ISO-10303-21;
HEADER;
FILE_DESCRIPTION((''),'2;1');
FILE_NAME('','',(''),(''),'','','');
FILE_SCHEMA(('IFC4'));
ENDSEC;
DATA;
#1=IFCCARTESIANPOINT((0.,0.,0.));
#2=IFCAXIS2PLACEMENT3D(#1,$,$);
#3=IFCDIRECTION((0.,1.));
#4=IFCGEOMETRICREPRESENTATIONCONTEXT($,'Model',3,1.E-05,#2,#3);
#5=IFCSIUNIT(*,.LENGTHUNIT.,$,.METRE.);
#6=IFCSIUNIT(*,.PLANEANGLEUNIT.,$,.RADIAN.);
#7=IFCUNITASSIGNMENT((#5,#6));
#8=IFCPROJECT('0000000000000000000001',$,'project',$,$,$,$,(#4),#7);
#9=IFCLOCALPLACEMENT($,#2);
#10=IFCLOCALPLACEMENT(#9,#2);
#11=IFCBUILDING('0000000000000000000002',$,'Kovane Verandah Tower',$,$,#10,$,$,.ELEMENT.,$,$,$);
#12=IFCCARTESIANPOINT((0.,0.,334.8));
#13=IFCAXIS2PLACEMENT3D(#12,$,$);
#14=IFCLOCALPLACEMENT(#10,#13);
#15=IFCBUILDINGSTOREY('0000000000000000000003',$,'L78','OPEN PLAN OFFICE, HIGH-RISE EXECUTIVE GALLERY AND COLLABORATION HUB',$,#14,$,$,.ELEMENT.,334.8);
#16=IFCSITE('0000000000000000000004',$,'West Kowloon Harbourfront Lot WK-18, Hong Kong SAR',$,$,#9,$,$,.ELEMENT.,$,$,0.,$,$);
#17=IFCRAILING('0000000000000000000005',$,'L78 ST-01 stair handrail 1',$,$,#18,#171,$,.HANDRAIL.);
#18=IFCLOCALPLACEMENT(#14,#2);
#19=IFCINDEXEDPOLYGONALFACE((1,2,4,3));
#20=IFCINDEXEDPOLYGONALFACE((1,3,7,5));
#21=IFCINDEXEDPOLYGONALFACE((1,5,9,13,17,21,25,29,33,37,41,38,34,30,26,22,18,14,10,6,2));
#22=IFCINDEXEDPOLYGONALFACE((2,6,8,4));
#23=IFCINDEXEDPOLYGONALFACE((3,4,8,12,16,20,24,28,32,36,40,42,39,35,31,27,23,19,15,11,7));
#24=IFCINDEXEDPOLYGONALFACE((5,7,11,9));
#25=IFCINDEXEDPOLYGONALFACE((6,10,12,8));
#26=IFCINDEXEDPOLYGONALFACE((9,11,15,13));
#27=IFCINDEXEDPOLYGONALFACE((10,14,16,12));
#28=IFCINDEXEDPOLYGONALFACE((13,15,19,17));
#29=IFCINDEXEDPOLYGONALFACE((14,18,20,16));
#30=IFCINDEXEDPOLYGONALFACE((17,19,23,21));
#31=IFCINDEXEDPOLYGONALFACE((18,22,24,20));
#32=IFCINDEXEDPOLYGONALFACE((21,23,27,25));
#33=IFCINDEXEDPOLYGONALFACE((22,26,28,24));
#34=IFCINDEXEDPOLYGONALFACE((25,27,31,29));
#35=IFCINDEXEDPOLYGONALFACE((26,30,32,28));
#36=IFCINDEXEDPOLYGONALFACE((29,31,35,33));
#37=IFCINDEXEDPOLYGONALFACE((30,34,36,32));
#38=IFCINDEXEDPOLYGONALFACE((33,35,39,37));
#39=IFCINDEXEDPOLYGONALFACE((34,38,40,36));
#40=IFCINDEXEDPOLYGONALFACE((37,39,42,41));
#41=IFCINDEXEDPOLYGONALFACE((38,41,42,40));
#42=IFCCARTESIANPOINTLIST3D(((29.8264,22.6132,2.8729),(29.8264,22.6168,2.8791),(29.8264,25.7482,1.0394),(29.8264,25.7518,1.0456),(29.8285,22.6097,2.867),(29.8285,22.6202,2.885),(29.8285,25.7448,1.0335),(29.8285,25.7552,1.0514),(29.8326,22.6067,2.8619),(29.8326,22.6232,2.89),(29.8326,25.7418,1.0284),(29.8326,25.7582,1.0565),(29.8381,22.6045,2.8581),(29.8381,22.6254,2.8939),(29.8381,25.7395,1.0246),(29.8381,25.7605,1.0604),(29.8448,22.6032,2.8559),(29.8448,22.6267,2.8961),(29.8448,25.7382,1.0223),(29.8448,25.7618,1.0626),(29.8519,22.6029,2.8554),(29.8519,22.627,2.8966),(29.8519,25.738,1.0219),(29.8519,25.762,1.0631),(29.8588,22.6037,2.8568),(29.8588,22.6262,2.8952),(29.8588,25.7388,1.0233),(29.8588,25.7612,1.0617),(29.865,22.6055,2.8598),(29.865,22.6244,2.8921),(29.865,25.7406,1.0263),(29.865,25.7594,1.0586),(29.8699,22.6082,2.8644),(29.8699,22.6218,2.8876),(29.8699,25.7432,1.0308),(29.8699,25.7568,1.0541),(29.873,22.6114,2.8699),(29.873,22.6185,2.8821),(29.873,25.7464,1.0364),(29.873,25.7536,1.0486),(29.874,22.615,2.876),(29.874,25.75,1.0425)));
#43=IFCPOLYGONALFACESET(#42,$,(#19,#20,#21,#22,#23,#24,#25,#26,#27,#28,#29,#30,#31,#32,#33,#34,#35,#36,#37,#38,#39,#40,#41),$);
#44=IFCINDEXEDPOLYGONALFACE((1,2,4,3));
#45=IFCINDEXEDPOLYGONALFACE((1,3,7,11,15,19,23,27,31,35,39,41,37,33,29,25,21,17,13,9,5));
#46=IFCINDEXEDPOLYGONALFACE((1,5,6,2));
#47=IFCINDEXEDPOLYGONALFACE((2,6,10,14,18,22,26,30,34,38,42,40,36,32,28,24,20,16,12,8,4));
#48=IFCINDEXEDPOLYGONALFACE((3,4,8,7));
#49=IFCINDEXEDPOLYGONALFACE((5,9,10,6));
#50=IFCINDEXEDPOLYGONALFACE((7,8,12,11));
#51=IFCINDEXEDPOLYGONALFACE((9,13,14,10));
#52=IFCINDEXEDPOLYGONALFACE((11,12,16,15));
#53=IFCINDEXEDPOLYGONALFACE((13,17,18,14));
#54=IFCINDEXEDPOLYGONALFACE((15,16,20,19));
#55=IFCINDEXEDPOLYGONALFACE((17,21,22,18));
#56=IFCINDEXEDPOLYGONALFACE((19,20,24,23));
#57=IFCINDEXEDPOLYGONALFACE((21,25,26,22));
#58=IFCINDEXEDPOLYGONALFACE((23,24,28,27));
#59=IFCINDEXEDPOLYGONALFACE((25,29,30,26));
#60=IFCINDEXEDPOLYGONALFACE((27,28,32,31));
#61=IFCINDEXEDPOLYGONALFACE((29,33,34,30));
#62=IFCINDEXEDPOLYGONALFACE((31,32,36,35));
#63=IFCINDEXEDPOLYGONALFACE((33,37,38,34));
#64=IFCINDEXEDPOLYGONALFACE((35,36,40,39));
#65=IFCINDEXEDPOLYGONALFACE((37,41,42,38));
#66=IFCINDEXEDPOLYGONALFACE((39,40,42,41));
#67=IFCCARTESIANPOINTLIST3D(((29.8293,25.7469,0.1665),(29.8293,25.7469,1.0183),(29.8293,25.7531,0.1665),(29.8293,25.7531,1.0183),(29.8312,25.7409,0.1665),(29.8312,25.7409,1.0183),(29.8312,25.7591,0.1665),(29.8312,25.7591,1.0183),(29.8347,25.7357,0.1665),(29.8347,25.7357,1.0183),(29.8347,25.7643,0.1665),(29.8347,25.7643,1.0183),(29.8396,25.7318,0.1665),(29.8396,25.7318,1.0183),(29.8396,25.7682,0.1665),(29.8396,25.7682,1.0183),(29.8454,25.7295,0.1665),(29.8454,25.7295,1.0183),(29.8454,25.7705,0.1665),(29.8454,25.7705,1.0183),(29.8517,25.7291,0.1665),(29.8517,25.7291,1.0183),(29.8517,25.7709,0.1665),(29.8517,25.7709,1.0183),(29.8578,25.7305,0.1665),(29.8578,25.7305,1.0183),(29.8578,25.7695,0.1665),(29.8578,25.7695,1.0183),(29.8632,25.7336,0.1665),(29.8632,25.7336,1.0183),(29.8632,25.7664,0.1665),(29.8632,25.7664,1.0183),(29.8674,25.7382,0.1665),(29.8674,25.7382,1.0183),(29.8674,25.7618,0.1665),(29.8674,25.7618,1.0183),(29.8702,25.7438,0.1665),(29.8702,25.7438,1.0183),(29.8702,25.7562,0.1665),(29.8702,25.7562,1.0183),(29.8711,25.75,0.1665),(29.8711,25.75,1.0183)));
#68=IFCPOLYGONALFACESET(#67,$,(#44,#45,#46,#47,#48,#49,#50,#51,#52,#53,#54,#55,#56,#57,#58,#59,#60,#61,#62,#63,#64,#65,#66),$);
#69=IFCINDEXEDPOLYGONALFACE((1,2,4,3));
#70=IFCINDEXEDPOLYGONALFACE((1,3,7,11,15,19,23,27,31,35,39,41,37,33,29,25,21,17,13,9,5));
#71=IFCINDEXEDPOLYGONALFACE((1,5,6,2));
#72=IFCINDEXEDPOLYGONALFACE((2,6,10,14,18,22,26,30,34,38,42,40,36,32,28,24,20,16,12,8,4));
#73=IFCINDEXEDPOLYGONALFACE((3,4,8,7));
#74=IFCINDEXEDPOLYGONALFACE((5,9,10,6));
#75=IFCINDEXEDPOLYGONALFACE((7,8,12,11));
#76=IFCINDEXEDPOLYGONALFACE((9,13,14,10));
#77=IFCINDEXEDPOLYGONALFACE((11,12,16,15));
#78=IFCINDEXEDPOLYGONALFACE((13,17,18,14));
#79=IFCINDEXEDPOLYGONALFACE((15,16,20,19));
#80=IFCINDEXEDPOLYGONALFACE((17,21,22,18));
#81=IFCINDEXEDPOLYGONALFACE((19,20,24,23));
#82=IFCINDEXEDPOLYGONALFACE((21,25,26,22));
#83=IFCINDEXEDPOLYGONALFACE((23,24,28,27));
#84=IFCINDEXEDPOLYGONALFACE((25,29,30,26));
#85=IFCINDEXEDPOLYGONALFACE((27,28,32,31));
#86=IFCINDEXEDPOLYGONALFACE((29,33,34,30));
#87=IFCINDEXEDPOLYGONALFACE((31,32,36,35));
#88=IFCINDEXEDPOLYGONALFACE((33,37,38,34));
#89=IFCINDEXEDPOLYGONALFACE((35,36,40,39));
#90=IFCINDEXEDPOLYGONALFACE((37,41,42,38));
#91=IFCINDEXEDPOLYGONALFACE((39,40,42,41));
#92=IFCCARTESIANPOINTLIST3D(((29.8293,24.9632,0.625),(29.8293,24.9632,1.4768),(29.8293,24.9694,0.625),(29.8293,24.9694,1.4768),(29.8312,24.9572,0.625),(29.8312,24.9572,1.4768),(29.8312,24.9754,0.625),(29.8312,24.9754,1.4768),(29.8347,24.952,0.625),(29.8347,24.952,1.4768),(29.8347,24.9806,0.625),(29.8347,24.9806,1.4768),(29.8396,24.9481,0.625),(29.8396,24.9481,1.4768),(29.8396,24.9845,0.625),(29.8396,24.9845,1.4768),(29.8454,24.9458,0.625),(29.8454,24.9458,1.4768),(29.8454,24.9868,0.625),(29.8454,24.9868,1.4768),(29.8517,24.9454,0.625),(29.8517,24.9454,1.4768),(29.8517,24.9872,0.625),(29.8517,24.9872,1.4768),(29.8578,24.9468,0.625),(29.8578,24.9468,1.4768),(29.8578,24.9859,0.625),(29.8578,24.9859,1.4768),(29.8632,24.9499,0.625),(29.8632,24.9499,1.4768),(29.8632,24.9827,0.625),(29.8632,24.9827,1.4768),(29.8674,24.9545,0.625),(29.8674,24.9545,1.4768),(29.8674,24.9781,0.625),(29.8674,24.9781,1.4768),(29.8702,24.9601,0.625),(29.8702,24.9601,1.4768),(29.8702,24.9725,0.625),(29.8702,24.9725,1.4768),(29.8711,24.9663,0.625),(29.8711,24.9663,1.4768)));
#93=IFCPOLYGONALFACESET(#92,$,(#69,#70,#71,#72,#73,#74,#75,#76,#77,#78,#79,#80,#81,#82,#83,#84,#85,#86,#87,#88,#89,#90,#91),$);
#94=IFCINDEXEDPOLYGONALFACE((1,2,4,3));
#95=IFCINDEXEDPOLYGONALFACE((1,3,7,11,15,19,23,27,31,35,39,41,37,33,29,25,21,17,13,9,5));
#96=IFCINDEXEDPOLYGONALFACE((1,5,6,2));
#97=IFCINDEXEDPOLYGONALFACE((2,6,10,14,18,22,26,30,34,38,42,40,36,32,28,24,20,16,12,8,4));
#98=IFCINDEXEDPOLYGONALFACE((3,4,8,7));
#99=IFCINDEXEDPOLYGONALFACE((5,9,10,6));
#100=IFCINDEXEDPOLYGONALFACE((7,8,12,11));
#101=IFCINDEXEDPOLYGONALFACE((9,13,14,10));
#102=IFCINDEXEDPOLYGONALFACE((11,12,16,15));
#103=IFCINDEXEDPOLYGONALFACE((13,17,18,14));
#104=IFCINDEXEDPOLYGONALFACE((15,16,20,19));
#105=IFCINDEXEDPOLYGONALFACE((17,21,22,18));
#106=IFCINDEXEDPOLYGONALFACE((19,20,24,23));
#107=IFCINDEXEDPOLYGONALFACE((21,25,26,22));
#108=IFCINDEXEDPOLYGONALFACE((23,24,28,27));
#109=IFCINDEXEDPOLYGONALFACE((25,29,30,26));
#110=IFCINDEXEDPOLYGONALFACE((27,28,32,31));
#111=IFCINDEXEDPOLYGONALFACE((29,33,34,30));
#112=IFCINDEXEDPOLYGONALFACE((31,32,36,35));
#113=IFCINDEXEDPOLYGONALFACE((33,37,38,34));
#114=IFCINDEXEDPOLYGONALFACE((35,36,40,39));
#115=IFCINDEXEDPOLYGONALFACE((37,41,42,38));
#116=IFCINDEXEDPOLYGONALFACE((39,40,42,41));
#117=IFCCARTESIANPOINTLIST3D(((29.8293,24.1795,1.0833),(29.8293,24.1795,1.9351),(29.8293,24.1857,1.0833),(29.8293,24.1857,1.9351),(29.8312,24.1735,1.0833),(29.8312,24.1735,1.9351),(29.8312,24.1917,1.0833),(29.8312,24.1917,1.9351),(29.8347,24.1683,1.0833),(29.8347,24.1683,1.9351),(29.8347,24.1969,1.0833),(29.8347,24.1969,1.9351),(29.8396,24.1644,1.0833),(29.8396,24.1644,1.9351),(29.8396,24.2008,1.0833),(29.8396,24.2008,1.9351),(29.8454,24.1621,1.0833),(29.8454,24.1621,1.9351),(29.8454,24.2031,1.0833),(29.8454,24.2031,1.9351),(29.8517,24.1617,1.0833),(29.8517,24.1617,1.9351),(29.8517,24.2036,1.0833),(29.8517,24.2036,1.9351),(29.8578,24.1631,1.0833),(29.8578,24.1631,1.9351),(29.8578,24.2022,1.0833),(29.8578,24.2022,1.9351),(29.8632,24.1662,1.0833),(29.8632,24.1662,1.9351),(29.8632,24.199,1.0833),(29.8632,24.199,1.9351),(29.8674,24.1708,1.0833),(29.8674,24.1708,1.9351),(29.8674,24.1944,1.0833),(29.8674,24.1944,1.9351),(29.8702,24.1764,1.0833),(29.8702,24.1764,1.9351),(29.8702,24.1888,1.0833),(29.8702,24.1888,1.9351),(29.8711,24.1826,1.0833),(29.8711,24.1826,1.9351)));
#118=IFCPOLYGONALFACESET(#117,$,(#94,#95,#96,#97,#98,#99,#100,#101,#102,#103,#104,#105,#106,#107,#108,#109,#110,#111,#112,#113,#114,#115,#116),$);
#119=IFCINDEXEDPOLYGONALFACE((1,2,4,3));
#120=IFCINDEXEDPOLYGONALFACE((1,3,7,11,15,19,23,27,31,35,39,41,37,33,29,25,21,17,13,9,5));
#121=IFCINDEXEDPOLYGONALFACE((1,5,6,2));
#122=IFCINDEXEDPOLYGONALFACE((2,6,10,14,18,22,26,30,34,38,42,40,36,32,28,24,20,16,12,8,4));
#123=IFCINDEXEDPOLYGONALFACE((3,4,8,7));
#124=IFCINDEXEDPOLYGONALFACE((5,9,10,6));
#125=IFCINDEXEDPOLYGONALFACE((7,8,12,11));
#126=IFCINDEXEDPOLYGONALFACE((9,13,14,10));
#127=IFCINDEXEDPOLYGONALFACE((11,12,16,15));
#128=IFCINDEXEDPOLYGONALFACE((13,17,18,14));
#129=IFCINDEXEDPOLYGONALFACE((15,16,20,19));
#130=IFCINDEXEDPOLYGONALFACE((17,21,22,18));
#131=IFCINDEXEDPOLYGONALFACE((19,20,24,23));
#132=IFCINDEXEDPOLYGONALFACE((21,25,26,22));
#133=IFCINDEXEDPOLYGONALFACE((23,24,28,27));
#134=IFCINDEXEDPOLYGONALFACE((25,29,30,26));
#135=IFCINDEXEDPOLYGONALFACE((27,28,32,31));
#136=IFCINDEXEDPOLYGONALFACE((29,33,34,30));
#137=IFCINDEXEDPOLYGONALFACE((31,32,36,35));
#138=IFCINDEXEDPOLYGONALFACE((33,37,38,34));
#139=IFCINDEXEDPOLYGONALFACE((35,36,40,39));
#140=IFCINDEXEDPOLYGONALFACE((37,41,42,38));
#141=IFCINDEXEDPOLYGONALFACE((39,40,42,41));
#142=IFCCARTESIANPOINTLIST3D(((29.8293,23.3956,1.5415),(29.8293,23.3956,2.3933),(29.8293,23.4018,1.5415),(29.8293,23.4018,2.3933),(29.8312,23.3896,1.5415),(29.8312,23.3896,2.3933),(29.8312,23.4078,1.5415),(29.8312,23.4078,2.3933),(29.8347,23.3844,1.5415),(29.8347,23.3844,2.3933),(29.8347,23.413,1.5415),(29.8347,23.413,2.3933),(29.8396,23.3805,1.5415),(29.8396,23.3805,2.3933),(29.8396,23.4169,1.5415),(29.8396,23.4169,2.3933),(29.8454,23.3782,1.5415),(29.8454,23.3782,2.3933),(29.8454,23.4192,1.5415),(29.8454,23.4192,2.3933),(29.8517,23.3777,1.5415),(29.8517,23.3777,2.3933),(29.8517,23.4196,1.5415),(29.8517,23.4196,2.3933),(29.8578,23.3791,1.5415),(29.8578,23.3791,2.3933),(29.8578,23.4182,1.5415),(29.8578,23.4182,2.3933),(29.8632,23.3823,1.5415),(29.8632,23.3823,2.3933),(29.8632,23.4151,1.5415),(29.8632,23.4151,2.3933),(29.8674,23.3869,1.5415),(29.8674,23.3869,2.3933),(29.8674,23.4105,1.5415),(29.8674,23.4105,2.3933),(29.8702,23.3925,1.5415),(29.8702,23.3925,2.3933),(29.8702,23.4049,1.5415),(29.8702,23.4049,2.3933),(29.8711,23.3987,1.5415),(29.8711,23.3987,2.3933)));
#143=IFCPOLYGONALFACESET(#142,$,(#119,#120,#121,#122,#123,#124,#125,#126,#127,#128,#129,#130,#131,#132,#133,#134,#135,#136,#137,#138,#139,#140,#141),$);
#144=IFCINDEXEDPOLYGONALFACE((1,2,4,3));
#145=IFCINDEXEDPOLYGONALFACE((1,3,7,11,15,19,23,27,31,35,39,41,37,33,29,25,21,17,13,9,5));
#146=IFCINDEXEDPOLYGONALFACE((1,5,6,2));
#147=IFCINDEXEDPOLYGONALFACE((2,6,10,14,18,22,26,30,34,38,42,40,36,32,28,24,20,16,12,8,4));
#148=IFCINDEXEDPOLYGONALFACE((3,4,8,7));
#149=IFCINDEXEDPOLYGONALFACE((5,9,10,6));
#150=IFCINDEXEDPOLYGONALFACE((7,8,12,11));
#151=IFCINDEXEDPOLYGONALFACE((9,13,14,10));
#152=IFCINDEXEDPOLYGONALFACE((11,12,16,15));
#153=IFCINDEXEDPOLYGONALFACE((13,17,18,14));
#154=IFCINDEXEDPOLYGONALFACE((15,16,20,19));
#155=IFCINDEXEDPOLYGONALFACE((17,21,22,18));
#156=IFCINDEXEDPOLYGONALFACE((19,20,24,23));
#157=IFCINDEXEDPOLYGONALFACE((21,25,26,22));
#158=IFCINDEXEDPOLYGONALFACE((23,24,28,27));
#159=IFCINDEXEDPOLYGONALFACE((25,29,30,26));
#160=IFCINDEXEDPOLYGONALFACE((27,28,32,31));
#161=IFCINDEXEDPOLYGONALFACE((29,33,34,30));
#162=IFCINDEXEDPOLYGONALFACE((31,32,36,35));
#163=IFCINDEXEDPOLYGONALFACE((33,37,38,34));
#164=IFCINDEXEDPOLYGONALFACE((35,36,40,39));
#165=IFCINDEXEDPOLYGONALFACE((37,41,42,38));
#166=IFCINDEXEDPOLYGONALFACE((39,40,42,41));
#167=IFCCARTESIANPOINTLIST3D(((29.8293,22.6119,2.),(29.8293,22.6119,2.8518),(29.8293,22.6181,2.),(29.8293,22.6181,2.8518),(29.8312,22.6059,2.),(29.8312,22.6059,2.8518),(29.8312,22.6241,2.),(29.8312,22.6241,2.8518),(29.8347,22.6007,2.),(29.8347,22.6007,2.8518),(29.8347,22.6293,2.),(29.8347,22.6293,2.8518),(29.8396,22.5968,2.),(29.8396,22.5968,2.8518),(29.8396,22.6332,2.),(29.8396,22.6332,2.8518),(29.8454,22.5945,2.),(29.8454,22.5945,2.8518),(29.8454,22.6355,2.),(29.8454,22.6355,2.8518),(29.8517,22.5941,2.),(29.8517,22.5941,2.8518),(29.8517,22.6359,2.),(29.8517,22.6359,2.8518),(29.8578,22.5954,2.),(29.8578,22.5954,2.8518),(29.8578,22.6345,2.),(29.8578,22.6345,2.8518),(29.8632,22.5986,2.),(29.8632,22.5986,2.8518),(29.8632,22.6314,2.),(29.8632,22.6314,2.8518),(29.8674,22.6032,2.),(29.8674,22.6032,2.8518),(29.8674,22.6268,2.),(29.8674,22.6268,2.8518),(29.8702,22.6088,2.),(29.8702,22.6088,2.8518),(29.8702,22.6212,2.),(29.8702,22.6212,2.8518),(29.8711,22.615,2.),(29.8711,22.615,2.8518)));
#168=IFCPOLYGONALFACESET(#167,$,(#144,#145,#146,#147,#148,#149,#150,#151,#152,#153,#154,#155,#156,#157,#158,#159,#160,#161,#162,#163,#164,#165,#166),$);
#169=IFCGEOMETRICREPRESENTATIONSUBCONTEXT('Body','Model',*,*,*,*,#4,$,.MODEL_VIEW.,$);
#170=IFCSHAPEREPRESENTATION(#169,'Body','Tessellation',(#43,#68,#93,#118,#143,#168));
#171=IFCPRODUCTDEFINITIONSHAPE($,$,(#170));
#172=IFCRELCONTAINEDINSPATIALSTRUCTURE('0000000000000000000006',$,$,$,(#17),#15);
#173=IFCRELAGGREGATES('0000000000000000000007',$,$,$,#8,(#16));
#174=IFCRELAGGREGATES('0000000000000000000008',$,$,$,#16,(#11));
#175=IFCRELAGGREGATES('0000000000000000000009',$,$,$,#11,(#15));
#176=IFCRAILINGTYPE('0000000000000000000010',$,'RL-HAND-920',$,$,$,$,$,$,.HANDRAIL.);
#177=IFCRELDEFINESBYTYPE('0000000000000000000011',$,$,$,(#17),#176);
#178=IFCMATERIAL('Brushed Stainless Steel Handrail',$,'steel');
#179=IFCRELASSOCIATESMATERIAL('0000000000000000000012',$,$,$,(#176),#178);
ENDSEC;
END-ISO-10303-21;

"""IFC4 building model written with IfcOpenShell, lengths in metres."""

from ifc_helpers import new_model, si_unit, direction, frame, origin, origin_2d, place, context, subcontext, project, spatial, circle, extrude, material, type_object, element, save


model = new_model("IFC4")

# Units and contexts
model_context = context("Model", 3, precision=1e-05, world=origin(), true_north=direction((0.0, 1.0)))
body_context = subcontext(model_context, "Body", "Model", "MODEL_VIEW")
ifc_project = project(units=[si_unit("LENGTHUNIT", "METRE"), si_unit("PLANEANGLEUNIT", "RADIAN")], contexts=[model_context])

# Site, building, storey
site_placement = place(None, origin())
site = spatial("IfcSite", under=ifc_project, at=site_placement, Name="West Kowloon Harbourfront Lot WK-18, Hong Kong SAR", CompositionType="ELEMENT", RefElevation=0.0)
building_placement = place(site_placement, origin())
building = spatial("IfcBuilding", under=site, at=building_placement, Name="Kovane Verandah Tower", CompositionType="ELEMENT")
storey_placement = place(building_placement, frame((0.0, 0.0, 334.8)))
storey = spatial("IfcBuildingStorey", under=building, at=storey_placement, Name="L78", Description="OPEN PLAN OFFICE, HIGH-RISE EXECUTIVE GALLERY AND COLLABORATION HUB", CompositionType="ELEMENT", Elevation=334.8)

# Railing
ifc_material_1 = material(Name="Brushed Stainless Steel Handrail", Category="steel")
railing_type_1 = type_object("IfcRailingType", Name="RL-HAND-920", PredefinedType="HANDRAIL", material=ifc_material_1)
railing_1_placement = place(storey_placement, frame((29.8501, 25.75, 0.1665)))
element("IfcRailing", 1, at=railing_1_placement, inside=storey, type_object=railing_type_1, Name="L78 ST-01 stair handrail 1", PredefinedType="HANDRAIL", context=body_context, shape_type="SweptSolid", body=[
    extrude(circle(Radius=0.0239, at=origin_2d()), frame((0.0, 0.0, 0.876), z_axis=(0.0, -0.86321, 0.504845), x_axis=(1.0, 0.0, 0.0)), (0.0, 0.0, 1.0), 3.6318),
    extrude(circle(Radius=0.021, at=origin_2d()), origin(), (0.0, 0.0, 1.0), 0.8518),
    extrude(circle(Radius=0.021, at=origin_2d()), frame((0.0, -0.7837, 0.4585)), (0.0, 0.0, 1.0), 0.8518),
    extrude(circle(Radius=0.021, at=origin_2d()), frame((0.0, -1.5674, 0.9167)), (0.0, 0.0, 1.0), 0.8518),
    extrude(circle(Radius=0.021, at=origin_2d()), frame((0.0, -2.3513, 1.375)), (0.0, 0.0, 1.0), 0.8518),
    extrude(circle(Radius=0.021, at=origin_2d()), frame((0.0, -3.135, 1.8335)), (0.0, 0.0, 1.0), 0.8518),
])

save(model, "model.ifc")
